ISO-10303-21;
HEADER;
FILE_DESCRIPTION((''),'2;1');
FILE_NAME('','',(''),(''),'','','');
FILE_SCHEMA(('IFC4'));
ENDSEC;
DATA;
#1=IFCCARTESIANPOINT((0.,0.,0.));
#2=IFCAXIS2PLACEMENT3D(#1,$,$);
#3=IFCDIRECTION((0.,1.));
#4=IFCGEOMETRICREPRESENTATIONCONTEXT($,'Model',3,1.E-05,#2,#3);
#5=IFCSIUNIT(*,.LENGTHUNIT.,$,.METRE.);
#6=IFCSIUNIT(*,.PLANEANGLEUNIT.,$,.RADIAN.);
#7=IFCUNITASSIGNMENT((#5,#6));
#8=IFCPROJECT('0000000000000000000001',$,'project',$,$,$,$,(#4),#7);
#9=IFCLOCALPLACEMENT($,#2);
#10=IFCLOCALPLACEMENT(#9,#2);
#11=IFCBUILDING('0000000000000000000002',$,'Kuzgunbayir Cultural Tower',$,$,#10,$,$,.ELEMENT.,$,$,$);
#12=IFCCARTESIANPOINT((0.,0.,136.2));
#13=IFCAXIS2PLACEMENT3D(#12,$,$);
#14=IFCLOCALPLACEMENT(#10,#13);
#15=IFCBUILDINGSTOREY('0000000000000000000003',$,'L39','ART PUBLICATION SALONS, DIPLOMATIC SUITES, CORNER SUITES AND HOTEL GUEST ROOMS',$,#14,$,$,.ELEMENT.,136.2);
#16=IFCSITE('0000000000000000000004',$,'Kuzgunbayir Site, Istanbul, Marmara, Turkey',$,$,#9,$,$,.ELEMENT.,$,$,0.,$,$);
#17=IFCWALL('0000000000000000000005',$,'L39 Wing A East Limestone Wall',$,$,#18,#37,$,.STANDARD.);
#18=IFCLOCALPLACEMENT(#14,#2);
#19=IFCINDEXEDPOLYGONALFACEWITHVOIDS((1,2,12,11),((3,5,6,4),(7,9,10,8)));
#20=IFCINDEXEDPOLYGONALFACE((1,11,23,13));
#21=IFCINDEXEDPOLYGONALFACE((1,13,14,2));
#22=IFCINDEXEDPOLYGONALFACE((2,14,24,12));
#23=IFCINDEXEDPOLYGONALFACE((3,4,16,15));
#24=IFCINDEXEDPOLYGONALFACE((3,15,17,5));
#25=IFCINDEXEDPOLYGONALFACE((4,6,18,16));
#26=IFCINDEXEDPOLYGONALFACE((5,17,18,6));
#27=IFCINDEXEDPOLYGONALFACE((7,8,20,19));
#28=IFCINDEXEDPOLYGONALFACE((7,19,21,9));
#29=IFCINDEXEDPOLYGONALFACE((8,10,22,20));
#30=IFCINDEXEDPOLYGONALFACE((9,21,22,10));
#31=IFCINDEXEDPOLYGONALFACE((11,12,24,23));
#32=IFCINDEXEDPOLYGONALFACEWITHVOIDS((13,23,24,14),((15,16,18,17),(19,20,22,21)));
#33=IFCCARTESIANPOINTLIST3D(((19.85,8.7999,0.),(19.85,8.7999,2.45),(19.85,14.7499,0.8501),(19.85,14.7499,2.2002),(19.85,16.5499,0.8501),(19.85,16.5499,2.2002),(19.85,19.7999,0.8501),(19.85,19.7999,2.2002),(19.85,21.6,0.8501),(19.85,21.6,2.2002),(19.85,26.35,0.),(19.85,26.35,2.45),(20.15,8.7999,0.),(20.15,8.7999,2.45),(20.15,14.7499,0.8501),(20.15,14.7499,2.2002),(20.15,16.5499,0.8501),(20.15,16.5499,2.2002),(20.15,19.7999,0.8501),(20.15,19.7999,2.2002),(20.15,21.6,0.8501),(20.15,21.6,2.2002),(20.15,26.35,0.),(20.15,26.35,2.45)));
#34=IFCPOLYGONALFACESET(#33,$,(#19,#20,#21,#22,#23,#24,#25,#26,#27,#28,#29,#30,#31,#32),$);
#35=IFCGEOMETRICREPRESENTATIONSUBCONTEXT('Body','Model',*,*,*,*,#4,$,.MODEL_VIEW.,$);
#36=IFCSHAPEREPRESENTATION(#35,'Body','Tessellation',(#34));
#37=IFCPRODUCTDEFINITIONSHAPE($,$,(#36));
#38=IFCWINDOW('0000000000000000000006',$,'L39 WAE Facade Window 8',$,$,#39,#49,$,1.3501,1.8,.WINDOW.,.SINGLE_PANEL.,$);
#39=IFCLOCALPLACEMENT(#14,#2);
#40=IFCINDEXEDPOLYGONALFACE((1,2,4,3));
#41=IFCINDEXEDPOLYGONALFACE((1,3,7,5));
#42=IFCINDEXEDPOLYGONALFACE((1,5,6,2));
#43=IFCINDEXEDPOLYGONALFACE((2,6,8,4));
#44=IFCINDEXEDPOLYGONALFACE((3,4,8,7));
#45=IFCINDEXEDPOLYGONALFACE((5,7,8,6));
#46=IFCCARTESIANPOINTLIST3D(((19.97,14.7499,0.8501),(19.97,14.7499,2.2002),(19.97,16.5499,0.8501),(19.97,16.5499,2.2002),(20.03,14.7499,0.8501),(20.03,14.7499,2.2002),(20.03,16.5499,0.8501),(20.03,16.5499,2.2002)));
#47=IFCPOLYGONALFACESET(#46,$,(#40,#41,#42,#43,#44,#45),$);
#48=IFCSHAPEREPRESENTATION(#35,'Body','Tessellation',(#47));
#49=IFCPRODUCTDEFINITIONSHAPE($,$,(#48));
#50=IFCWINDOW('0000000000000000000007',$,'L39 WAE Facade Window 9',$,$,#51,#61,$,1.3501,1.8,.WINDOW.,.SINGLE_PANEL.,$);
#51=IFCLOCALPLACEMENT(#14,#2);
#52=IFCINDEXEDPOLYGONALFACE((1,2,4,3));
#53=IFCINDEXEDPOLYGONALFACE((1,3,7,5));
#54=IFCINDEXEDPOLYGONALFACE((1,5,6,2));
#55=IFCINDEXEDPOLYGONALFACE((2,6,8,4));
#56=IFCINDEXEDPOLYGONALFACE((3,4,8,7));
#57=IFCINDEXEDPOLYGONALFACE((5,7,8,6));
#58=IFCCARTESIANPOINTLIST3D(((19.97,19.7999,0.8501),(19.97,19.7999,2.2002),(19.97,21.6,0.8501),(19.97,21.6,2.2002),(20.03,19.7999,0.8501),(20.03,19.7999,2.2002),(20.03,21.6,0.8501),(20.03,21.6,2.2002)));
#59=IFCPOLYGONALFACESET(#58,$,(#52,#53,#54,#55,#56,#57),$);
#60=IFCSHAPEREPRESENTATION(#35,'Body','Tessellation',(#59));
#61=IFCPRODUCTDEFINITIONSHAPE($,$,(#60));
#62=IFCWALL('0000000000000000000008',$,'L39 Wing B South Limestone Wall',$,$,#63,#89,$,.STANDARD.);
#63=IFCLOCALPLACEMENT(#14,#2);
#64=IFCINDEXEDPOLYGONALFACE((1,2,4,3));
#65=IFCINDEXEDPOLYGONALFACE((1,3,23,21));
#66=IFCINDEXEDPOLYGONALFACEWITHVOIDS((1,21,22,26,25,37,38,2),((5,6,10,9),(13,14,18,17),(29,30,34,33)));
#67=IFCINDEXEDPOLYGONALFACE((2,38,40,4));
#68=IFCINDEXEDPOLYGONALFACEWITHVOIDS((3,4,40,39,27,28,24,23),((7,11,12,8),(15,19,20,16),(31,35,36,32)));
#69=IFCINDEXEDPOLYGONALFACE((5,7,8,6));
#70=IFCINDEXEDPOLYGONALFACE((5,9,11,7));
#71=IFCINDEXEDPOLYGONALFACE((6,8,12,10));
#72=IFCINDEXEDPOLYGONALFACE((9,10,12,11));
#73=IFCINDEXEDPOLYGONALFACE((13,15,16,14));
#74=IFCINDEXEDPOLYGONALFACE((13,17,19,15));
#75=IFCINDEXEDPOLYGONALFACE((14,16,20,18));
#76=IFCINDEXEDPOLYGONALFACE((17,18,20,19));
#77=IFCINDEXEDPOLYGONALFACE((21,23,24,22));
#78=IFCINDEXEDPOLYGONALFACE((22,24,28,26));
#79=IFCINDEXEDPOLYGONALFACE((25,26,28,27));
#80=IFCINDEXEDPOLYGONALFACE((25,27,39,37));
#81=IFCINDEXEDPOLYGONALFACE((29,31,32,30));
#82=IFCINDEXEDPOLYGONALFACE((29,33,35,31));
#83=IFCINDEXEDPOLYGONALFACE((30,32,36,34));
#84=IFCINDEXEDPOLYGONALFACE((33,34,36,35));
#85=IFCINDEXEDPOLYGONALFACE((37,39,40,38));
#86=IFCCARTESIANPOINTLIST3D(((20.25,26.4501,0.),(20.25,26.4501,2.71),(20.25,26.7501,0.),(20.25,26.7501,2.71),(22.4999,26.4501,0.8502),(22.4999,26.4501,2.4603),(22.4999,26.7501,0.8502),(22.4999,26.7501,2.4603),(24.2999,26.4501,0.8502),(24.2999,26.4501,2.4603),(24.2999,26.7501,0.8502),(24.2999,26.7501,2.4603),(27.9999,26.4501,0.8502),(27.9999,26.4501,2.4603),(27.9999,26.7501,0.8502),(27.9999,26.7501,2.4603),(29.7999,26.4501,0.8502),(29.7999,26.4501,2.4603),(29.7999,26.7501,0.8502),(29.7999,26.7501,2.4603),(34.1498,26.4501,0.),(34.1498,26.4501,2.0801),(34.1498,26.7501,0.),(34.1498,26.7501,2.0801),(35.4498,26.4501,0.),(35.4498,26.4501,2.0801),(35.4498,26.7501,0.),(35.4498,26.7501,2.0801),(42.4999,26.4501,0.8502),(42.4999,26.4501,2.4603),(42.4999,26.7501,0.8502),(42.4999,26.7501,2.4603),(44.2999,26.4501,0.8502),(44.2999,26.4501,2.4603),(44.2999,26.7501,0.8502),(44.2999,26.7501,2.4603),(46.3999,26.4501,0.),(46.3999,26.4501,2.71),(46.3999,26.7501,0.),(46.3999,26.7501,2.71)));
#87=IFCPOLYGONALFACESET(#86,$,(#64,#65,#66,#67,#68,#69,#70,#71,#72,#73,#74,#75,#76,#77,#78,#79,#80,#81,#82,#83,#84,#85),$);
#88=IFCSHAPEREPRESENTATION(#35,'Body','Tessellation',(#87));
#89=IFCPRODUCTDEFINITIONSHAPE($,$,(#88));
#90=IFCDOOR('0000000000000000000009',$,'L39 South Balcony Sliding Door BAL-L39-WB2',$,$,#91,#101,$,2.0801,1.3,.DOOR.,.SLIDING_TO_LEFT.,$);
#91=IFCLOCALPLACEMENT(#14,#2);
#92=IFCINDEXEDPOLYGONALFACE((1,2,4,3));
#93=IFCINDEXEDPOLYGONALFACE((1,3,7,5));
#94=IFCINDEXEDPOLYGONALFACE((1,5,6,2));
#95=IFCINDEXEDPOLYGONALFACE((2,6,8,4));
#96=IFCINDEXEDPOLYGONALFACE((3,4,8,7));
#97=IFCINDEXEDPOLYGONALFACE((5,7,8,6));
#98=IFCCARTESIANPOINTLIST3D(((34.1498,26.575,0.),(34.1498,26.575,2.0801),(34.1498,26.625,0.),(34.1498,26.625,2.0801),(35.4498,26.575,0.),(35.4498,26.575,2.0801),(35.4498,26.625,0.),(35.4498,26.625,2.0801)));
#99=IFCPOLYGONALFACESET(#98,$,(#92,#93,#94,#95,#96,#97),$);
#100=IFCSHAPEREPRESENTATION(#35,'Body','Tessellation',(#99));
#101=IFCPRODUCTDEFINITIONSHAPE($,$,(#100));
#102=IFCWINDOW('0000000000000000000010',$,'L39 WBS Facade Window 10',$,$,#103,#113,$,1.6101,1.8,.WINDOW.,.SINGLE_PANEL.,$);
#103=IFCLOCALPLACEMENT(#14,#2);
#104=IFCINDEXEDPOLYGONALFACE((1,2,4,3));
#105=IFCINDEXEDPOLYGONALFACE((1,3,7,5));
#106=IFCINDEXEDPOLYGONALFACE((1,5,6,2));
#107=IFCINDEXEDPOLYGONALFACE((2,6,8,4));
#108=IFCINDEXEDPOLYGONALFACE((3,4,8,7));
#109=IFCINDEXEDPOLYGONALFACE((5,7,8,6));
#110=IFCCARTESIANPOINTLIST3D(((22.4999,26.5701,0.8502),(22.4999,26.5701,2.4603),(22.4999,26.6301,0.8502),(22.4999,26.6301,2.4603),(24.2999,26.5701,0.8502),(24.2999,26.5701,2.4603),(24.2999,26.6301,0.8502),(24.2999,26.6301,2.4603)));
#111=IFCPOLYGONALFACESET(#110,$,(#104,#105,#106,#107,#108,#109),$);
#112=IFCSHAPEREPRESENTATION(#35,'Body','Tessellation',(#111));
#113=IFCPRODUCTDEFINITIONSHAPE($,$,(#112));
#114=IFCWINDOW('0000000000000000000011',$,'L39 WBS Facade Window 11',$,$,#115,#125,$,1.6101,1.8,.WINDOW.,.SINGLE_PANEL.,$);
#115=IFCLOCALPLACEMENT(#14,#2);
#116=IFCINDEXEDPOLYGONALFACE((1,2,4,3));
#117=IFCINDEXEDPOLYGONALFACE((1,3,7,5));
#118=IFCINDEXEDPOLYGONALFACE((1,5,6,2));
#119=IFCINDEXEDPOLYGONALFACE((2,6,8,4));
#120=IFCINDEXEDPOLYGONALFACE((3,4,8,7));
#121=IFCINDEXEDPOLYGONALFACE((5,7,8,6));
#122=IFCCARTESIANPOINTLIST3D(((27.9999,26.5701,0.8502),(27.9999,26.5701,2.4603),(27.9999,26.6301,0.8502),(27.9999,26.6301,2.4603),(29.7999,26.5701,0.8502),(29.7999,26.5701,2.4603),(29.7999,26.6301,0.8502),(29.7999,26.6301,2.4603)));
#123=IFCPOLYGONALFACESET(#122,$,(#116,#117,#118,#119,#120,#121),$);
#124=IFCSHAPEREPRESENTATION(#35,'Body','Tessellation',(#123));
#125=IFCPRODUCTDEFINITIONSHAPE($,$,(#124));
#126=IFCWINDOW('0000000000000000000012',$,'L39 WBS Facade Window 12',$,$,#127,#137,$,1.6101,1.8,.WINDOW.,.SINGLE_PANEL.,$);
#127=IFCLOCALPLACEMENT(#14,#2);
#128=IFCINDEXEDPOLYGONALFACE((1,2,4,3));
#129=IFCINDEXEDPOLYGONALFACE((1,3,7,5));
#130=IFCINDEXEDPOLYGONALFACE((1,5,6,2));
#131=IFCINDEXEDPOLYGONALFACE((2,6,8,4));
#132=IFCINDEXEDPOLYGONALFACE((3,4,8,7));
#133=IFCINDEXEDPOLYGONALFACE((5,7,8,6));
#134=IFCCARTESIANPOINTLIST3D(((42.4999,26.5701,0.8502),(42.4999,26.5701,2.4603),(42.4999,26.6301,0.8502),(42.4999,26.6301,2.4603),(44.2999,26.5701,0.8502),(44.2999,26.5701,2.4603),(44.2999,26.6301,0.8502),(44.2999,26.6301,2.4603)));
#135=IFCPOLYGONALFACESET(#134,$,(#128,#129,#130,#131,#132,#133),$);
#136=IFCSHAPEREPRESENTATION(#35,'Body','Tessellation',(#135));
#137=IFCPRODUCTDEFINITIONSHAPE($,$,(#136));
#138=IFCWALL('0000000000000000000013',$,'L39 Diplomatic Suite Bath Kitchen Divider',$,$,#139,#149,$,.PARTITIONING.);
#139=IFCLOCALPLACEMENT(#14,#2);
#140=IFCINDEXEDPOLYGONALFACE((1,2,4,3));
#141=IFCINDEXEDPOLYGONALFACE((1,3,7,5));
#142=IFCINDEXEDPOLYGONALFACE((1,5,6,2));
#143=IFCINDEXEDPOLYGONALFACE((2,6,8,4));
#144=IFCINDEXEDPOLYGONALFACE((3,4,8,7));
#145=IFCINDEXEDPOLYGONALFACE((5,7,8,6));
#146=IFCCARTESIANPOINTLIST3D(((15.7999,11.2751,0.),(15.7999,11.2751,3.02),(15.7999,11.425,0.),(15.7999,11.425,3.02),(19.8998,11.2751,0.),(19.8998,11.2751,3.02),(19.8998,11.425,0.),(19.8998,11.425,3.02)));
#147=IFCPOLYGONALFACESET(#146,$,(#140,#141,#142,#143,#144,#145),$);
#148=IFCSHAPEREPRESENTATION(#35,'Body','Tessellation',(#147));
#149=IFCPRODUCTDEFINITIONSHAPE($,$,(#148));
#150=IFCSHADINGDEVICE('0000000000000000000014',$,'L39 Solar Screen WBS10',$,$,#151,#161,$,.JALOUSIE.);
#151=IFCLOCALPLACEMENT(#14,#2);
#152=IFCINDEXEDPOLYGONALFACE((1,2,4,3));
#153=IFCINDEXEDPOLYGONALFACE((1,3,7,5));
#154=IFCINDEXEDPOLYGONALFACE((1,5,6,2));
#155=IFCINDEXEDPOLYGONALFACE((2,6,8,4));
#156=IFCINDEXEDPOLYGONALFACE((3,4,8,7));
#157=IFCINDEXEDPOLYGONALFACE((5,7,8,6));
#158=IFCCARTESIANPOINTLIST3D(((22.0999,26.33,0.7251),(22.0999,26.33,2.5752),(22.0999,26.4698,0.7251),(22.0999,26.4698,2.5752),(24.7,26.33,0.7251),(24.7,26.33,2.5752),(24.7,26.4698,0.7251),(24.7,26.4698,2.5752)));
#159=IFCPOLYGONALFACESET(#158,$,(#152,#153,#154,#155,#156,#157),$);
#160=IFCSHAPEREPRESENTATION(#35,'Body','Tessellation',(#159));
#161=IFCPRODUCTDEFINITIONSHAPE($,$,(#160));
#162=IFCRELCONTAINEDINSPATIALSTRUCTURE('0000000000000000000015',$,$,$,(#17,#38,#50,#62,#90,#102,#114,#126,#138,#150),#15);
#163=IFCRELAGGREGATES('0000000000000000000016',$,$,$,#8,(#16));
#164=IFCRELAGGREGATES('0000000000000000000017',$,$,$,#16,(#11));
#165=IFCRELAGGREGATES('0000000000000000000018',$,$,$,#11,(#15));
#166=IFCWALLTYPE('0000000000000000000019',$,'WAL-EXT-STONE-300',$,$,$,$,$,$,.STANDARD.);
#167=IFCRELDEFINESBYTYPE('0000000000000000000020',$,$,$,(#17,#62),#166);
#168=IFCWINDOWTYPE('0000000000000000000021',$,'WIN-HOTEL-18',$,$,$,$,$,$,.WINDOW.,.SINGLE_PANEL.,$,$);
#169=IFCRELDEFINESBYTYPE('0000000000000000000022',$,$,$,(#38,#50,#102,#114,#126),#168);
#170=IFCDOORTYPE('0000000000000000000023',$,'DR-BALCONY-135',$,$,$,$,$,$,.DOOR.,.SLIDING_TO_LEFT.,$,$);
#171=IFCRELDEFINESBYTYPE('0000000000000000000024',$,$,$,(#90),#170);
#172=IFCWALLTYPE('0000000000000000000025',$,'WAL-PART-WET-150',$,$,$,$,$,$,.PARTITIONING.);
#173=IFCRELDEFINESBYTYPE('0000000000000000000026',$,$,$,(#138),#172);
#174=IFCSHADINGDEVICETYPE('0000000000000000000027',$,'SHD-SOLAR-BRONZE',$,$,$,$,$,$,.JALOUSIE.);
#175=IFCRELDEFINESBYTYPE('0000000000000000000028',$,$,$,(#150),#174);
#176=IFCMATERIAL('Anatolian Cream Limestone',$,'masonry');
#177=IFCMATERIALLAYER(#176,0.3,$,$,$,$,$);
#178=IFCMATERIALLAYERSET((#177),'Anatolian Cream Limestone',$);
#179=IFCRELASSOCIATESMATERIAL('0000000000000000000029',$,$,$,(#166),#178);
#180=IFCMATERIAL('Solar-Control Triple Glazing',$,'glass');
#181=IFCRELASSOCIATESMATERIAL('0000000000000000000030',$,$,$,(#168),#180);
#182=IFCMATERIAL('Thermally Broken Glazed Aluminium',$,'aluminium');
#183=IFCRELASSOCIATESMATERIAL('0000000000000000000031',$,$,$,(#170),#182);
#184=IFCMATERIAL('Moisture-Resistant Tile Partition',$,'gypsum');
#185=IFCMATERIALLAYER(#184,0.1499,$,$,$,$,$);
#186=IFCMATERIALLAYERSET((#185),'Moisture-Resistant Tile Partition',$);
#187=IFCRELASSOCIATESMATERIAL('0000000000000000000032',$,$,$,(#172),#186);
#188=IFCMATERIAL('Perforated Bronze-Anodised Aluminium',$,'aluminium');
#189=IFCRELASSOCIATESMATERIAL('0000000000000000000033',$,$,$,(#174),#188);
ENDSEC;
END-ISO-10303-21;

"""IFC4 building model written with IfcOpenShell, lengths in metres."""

from ifc_helpers import new_model, si_unit, direction, frame, frame_2d, origin, origin_2d, place, context, subcontext, project, spatial, rectangle, extrude, material, layer, layer_set, type_object, element, fill, save


model = new_model("IFC4")

# Units and contexts
model_context = context("Model", 3, precision=1e-05, world=origin(), true_north=direction((0.0, 1.0)))
body_context = subcontext(model_context, "Body", "Model", "MODEL_VIEW")
ifc_project = project(units=[si_unit("LENGTHUNIT", "METRE"), si_unit("PLANEANGLEUNIT", "RADIAN")], contexts=[model_context])

# Site, building, storey
site_placement = place(None, origin())
site = spatial("IfcSite", under=ifc_project, at=site_placement, Name="Kuzgunbayir Site, Istanbul, Marmara, Turkey", CompositionType="ELEMENT", RefElevation=0.0)
building_placement = place(site_placement, origin())
building = spatial("IfcBuilding", under=site, at=building_placement, Name="Kuzgunbayir Cultural Tower", CompositionType="ELEMENT")
storey_placement = place(building_placement, frame((0.0, 0.0, 136.2)))
storey = spatial("IfcBuildingStorey", under=building, at=storey_placement, Name="L39", Description="ART PUBLICATION SALONS, DIPLOMATIC SUITES, CORNER SUITES AND HOTEL GUEST ROOMS", CompositionType="ELEMENT", Elevation=136.2)

# Wall, openings, windows
ifc_material_1 = material(Name="Anatolian Cream Limestone", Category="masonry")
ifc_layer_1 = layer(ifc_material_1, 0.3)
ifc_layer_set_1 = layer_set([ifc_layer_1], Name="Anatolian Cream Limestone")
wall_type_1 = type_object("IfcWallType", Name="WAL-EXT-STONE-300", PredefinedType="STANDARD", material=ifc_layer_set_1)
wall_1_placement = place(storey_placement, frame((20.0, 8.8, 0.0), z_axis=(0.0, 0.0, 1.0), x_axis=(0.0, 1.0, 0.0)))
wall_1 = element("IfcWall", 1, at=wall_1_placement, inside=storey, type_object=wall_type_1, Name="L39 Wing A East Limestone Wall", PredefinedType="STANDARD", context=body_context, shape_type="SweptSolid", body=[
    extrude(rectangle(XDim=17.55, YDim=0.3, at=frame_2d((8.7749, 0.0))), origin(), (0.0, 0.0, 1.0), 2.45),
])
opening_1_placement = place(wall_1_placement, frame((5.95, 0.0, 0.8501)))
opening_1 = element("IfcOpeningElement", 2, at=opening_1_placement, cuts=wall_1, PredefinedType="OPENING", context=body_context, shape_type="SweptSolid", body=[
    extrude(rectangle(XDim=1.8, YDim=1.3501, at=frame_2d((0.8999, 0.675))), frame((0.0, 0.1602, 0.0), z_axis=(0.0, -1.0, 0.0), x_axis=(1.0, 0.0, 0.0)), (0.0, 0.0, 1.0), 0.3201),
])
opening_2_placement = place(wall_1_placement, frame((11.0, 0.0, 0.8501)))
opening_2 = element("IfcOpeningElement", 3, at=opening_2_placement, cuts=wall_1, PredefinedType="OPENING", context=body_context, shape_type="SweptSolid", body=[
    extrude(rectangle(XDim=1.8, YDim=1.3501, at=frame_2d((0.8999, 0.675))), frame((0.0, 0.1602, 0.0), z_axis=(0.0, -1.0, 0.0), x_axis=(1.0, 0.0, 0.0)), (0.0, 0.0, 1.0), 0.3201),
])
ifc_material_2 = material(Name="Solar-Control Triple Glazing", Category="glass")
window_type = type_object("IfcWindowType", Name="WIN-HOTEL-18", PartitioningType="SINGLE_PANEL", PredefinedType="WINDOW", material=ifc_material_2)
window_1_placement = place(opening_1_placement, origin())
window_1 = element("IfcWindow", 4, at=window_1_placement, inside=storey, type_object=window_type, Name="L39 WAE Facade Window 8", OverallHeight=1.3501, OverallWidth=1.8, PartitioningType="SINGLE_PANEL", PredefinedType="WINDOW", context=body_context, shape_type="SweptSolid", body=[
    extrude(rectangle(XDim=1.8, YDim=1.3501, at=frame_2d((0.8999, 0.675))), frame((0.0, 0.03, 0.0), z_axis=(0.0, -1.0, 0.0), x_axis=(1.0, 0.0, 0.0)), (0.0, 0.0, 1.0), 0.0601),
])
fill(opening_1, window_1)
window_2_placement = place(opening_2_placement, origin())
window_2 = element("IfcWindow", 5, at=window_2_placement, inside=storey, type_object=window_type, Name="L39 WAE Facade Window 9", OverallHeight=1.3501, OverallWidth=1.8, PartitioningType="SINGLE_PANEL", PredefinedType="WINDOW", context=body_context, shape_type="SweptSolid", body=[
    extrude(rectangle(XDim=1.8, YDim=1.3501, at=frame_2d((0.8999, 0.675))), frame((0.0, 0.03, 0.0), z_axis=(0.0, -1.0, 0.0), x_axis=(1.0, 0.0, 0.0)), (0.0, 0.0, 1.0), 0.0601),
])
fill(opening_2, window_2)

# Wall, openings, door, windows
wall_2_placement = place(storey_placement, frame((20.25, 26.6001, 0.0), z_axis=(0.0, 0.0, 1.0), x_axis=(1.0, 0.0, 0.0)))
wall_2 = element("IfcWall", 6, at=wall_2_placement, inside=storey, type_object=wall_type_1, Name="L39 Wing B South Limestone Wall", PredefinedType="STANDARD", context=body_context, shape_type="SweptSolid", body=[
    extrude(rectangle(XDim=26.1499, YDim=0.3, at=frame_2d((13.075, 0.0))), origin(), (0.0, 0.0, 1.0), 2.71),
])
opening_3_placement = place(wall_2_placement, frame((13.8999, 0.0, 0.0)))
opening_3 = element("IfcOpeningElement", 7, at=opening_3_placement, cuts=wall_2, PredefinedType="OPENING", context=body_context, shape_type="SweptSolid", body=[
    extrude(rectangle(XDim=1.3, YDim=2.0801, at=frame_2d((0.6499, 1.04))), frame((0.0, 0.1602, 0.0), z_axis=(0.0, -1.0, 0.0), x_axis=(1.0, 0.0, 0.0)), (0.0, 0.0, 1.0), 0.3201),
])
opening_4_placement = place(wall_2_placement, frame((2.25, 0.0, 0.8501)))
opening_4 = element("IfcOpeningElement", 8, at=opening_4_placement, cuts=wall_2, PredefinedType="OPENING", context=body_context, shape_type="SweptSolid", body=[
    extrude(rectangle(XDim=1.8, YDim=1.6101, at=frame_2d((0.8999, 0.8052))), frame((0.0, 0.1602, 0.0), z_axis=(0.0, -1.0, 0.0), x_axis=(1.0, 0.0, 0.0)), (0.0, 0.0, 1.0), 0.3201),
])
opening_5_placement = place(wall_2_placement, frame((7.75, 0.0, 0.8501)))
opening_5 = element("IfcOpeningElement", 9, at=opening_5_placement, cuts=wall_2, PredefinedType="OPENING", context=body_context, shape_type="SweptSolid", body=[
    extrude(rectangle(XDim=1.8, YDim=1.6101, at=frame_2d((0.8999, 0.8052))), frame((0.0, 0.1602, 0.0), z_axis=(0.0, -1.0, 0.0), x_axis=(1.0, 0.0, 0.0)), (0.0, 0.0, 1.0), 0.3201),
])
opening_6_placement = place(wall_2_placement, frame((22.25, 0.0, 0.8501)))
opening_6 = element("IfcOpeningElement", 10, at=opening_6_placement, cuts=wall_2, PredefinedType="OPENING", context=body_context, shape_type="SweptSolid", body=[
    extrude(rectangle(XDim=1.8, YDim=1.6101, at=frame_2d((0.8999, 0.8052))), frame((0.0, 0.1602, 0.0), z_axis=(0.0, -1.0, 0.0), x_axis=(1.0, 0.0, 0.0)), (0.0, 0.0, 1.0), 0.3201),
])
ifc_material_3 = material(Name="Thermally Broken Glazed Aluminium", Category="aluminium")
door_type_1 = type_object("IfcDoorType", Name="DR-BALCONY-135", OperationType="SLIDING_TO_LEFT", PredefinedType="DOOR", material=ifc_material_3)
door_1_placement = place(opening_3_placement, origin())
door_1 = element("IfcDoor", 11, at=door_1_placement, inside=storey, type_object=door_type_1, Name="L39 South Balcony Sliding Door BAL-L39-WB2", OperationType="SLIDING_TO_LEFT", OverallHeight=2.0801, OverallWidth=1.3, PredefinedType="DOOR", context=body_context, shape_type="SweptSolid", body=[
    extrude(rectangle(XDim=1.3, YDim=2.0801, at=frame_2d((0.6499, 1.04))), frame((0.0, 0.0249, 0.0), z_axis=(0.0, -1.0, 0.0), x_axis=(1.0, 0.0, 0.0)), (0.0, 0.0, 1.0), 0.05),
])
fill(opening_3, door_1)
window_3_placement = place(opening_4_placement, origin())
window_3 = element("IfcWindow", 12, at=window_3_placement, inside=storey, type_object=window_type, Name="L39 WBS Facade Window 10", OverallHeight=1.6101, OverallWidth=1.8, PartitioningType="SINGLE_PANEL", PredefinedType="WINDOW", context=body_context, shape_type="SweptSolid", body=[
    extrude(rectangle(XDim=1.8, YDim=1.6101, at=frame_2d((0.8999, 0.8052))), frame((0.0, 0.03, 0.0), z_axis=(0.0, -1.0, 0.0), x_axis=(1.0, 0.0, 0.0)), (0.0, 0.0, 1.0), 0.0601),
])
fill(opening_4, window_3)
window_4_placement = place(opening_5_placement, origin())
window_4 = element("IfcWindow", 13, at=window_4_placement, inside=storey, type_object=window_type, Name="L39 WBS Facade Window 11", OverallHeight=1.6101, OverallWidth=1.8, PartitioningType="SINGLE_PANEL", PredefinedType="WINDOW", context=body_context, shape_type="SweptSolid", body=[
    extrude(rectangle(XDim=1.8, YDim=1.6101, at=frame_2d((0.8999, 0.8052))), frame((0.0, 0.03, 0.0), z_axis=(0.0, -1.0, 0.0), x_axis=(1.0, 0.0, 0.0)), (0.0, 0.0, 1.0), 0.0601),
])
fill(opening_5, window_4)
window_5_placement = place(opening_6_placement, origin())
window_5 = element("IfcWindow", 14, at=window_5_placement, inside=storey, type_object=window_type, Name="L39 WBS Facade Window 12", OverallHeight=1.6101, OverallWidth=1.8, PartitioningType="SINGLE_PANEL", PredefinedType="WINDOW", context=body_context, shape_type="SweptSolid", body=[
    extrude(rectangle(XDim=1.8, YDim=1.6101, at=frame_2d((0.8999, 0.8052))), frame((0.0, 0.03, 0.0), z_axis=(0.0, -1.0, 0.0), x_axis=(1.0, 0.0, 0.0)), (0.0, 0.0, 1.0), 0.0601),
])
fill(opening_6, window_5)

# Shared definitions
ifc_material_4 = material(Name="Moisture-Resistant Tile Partition", Category="gypsum")
ifc_layer_2 = layer(ifc_material_4, 0.1499)
ifc_layer_set_2 = layer_set([ifc_layer_2], Name="Moisture-Resistant Tile Partition")
wall_type_2 = type_object("IfcWallType", Name="WAL-PART-WET-150", PredefinedType="PARTITIONING", material=ifc_layer_set_2)

# Wall
wall_3_placement = place(storey_placement, frame((15.8, 11.3501, 0.0), z_axis=(0.0, 0.0, 1.0), x_axis=(1.0, 0.0, 0.0)))
element("IfcWall", 15, at=wall_3_placement, inside=storey, type_object=wall_type_2, Name="L39 Diplomatic Suite Bath Kitchen Divider", PredefinedType="PARTITIONING", context=body_context, shape_type="SweptSolid", body=[
    extrude(rectangle(XDim=4.0999, YDim=0.1499, at=frame_2d((2.0498, 0.0))), origin(), (0.0, 0.0, 1.0), 3.02),
])

# Shading device
ifc_material_5 = material(Name="Perforated Bronze-Anodised Aluminium", Category="aluminium")
shading_device_type = type_object("IfcShadingDeviceType", Name="SHD-SOLAR-BRONZE", PredefinedType="JALOUSIE", material=ifc_material_5)
shading_device_placement = place(storey_placement, frame((23.3999, 26.3999, 0.7251), z_axis=(0.0, 0.0, 1.0), x_axis=(1.0, 0.0, 0.0)))
element("IfcShadingDevice", 16, at=shading_device_placement, inside=storey, type_object=shading_device_type, Name="L39 Solar Screen WBS10", PredefinedType="JALOUSIE", context=body_context, shape_type="SweptSolid", body=[
    extrude(rectangle(XDim=2.6001, YDim=0.1399, at=origin_2d()), origin(), (0.0, 0.0, 1.0), 1.8501),
])

save(model, "model.ifc")
